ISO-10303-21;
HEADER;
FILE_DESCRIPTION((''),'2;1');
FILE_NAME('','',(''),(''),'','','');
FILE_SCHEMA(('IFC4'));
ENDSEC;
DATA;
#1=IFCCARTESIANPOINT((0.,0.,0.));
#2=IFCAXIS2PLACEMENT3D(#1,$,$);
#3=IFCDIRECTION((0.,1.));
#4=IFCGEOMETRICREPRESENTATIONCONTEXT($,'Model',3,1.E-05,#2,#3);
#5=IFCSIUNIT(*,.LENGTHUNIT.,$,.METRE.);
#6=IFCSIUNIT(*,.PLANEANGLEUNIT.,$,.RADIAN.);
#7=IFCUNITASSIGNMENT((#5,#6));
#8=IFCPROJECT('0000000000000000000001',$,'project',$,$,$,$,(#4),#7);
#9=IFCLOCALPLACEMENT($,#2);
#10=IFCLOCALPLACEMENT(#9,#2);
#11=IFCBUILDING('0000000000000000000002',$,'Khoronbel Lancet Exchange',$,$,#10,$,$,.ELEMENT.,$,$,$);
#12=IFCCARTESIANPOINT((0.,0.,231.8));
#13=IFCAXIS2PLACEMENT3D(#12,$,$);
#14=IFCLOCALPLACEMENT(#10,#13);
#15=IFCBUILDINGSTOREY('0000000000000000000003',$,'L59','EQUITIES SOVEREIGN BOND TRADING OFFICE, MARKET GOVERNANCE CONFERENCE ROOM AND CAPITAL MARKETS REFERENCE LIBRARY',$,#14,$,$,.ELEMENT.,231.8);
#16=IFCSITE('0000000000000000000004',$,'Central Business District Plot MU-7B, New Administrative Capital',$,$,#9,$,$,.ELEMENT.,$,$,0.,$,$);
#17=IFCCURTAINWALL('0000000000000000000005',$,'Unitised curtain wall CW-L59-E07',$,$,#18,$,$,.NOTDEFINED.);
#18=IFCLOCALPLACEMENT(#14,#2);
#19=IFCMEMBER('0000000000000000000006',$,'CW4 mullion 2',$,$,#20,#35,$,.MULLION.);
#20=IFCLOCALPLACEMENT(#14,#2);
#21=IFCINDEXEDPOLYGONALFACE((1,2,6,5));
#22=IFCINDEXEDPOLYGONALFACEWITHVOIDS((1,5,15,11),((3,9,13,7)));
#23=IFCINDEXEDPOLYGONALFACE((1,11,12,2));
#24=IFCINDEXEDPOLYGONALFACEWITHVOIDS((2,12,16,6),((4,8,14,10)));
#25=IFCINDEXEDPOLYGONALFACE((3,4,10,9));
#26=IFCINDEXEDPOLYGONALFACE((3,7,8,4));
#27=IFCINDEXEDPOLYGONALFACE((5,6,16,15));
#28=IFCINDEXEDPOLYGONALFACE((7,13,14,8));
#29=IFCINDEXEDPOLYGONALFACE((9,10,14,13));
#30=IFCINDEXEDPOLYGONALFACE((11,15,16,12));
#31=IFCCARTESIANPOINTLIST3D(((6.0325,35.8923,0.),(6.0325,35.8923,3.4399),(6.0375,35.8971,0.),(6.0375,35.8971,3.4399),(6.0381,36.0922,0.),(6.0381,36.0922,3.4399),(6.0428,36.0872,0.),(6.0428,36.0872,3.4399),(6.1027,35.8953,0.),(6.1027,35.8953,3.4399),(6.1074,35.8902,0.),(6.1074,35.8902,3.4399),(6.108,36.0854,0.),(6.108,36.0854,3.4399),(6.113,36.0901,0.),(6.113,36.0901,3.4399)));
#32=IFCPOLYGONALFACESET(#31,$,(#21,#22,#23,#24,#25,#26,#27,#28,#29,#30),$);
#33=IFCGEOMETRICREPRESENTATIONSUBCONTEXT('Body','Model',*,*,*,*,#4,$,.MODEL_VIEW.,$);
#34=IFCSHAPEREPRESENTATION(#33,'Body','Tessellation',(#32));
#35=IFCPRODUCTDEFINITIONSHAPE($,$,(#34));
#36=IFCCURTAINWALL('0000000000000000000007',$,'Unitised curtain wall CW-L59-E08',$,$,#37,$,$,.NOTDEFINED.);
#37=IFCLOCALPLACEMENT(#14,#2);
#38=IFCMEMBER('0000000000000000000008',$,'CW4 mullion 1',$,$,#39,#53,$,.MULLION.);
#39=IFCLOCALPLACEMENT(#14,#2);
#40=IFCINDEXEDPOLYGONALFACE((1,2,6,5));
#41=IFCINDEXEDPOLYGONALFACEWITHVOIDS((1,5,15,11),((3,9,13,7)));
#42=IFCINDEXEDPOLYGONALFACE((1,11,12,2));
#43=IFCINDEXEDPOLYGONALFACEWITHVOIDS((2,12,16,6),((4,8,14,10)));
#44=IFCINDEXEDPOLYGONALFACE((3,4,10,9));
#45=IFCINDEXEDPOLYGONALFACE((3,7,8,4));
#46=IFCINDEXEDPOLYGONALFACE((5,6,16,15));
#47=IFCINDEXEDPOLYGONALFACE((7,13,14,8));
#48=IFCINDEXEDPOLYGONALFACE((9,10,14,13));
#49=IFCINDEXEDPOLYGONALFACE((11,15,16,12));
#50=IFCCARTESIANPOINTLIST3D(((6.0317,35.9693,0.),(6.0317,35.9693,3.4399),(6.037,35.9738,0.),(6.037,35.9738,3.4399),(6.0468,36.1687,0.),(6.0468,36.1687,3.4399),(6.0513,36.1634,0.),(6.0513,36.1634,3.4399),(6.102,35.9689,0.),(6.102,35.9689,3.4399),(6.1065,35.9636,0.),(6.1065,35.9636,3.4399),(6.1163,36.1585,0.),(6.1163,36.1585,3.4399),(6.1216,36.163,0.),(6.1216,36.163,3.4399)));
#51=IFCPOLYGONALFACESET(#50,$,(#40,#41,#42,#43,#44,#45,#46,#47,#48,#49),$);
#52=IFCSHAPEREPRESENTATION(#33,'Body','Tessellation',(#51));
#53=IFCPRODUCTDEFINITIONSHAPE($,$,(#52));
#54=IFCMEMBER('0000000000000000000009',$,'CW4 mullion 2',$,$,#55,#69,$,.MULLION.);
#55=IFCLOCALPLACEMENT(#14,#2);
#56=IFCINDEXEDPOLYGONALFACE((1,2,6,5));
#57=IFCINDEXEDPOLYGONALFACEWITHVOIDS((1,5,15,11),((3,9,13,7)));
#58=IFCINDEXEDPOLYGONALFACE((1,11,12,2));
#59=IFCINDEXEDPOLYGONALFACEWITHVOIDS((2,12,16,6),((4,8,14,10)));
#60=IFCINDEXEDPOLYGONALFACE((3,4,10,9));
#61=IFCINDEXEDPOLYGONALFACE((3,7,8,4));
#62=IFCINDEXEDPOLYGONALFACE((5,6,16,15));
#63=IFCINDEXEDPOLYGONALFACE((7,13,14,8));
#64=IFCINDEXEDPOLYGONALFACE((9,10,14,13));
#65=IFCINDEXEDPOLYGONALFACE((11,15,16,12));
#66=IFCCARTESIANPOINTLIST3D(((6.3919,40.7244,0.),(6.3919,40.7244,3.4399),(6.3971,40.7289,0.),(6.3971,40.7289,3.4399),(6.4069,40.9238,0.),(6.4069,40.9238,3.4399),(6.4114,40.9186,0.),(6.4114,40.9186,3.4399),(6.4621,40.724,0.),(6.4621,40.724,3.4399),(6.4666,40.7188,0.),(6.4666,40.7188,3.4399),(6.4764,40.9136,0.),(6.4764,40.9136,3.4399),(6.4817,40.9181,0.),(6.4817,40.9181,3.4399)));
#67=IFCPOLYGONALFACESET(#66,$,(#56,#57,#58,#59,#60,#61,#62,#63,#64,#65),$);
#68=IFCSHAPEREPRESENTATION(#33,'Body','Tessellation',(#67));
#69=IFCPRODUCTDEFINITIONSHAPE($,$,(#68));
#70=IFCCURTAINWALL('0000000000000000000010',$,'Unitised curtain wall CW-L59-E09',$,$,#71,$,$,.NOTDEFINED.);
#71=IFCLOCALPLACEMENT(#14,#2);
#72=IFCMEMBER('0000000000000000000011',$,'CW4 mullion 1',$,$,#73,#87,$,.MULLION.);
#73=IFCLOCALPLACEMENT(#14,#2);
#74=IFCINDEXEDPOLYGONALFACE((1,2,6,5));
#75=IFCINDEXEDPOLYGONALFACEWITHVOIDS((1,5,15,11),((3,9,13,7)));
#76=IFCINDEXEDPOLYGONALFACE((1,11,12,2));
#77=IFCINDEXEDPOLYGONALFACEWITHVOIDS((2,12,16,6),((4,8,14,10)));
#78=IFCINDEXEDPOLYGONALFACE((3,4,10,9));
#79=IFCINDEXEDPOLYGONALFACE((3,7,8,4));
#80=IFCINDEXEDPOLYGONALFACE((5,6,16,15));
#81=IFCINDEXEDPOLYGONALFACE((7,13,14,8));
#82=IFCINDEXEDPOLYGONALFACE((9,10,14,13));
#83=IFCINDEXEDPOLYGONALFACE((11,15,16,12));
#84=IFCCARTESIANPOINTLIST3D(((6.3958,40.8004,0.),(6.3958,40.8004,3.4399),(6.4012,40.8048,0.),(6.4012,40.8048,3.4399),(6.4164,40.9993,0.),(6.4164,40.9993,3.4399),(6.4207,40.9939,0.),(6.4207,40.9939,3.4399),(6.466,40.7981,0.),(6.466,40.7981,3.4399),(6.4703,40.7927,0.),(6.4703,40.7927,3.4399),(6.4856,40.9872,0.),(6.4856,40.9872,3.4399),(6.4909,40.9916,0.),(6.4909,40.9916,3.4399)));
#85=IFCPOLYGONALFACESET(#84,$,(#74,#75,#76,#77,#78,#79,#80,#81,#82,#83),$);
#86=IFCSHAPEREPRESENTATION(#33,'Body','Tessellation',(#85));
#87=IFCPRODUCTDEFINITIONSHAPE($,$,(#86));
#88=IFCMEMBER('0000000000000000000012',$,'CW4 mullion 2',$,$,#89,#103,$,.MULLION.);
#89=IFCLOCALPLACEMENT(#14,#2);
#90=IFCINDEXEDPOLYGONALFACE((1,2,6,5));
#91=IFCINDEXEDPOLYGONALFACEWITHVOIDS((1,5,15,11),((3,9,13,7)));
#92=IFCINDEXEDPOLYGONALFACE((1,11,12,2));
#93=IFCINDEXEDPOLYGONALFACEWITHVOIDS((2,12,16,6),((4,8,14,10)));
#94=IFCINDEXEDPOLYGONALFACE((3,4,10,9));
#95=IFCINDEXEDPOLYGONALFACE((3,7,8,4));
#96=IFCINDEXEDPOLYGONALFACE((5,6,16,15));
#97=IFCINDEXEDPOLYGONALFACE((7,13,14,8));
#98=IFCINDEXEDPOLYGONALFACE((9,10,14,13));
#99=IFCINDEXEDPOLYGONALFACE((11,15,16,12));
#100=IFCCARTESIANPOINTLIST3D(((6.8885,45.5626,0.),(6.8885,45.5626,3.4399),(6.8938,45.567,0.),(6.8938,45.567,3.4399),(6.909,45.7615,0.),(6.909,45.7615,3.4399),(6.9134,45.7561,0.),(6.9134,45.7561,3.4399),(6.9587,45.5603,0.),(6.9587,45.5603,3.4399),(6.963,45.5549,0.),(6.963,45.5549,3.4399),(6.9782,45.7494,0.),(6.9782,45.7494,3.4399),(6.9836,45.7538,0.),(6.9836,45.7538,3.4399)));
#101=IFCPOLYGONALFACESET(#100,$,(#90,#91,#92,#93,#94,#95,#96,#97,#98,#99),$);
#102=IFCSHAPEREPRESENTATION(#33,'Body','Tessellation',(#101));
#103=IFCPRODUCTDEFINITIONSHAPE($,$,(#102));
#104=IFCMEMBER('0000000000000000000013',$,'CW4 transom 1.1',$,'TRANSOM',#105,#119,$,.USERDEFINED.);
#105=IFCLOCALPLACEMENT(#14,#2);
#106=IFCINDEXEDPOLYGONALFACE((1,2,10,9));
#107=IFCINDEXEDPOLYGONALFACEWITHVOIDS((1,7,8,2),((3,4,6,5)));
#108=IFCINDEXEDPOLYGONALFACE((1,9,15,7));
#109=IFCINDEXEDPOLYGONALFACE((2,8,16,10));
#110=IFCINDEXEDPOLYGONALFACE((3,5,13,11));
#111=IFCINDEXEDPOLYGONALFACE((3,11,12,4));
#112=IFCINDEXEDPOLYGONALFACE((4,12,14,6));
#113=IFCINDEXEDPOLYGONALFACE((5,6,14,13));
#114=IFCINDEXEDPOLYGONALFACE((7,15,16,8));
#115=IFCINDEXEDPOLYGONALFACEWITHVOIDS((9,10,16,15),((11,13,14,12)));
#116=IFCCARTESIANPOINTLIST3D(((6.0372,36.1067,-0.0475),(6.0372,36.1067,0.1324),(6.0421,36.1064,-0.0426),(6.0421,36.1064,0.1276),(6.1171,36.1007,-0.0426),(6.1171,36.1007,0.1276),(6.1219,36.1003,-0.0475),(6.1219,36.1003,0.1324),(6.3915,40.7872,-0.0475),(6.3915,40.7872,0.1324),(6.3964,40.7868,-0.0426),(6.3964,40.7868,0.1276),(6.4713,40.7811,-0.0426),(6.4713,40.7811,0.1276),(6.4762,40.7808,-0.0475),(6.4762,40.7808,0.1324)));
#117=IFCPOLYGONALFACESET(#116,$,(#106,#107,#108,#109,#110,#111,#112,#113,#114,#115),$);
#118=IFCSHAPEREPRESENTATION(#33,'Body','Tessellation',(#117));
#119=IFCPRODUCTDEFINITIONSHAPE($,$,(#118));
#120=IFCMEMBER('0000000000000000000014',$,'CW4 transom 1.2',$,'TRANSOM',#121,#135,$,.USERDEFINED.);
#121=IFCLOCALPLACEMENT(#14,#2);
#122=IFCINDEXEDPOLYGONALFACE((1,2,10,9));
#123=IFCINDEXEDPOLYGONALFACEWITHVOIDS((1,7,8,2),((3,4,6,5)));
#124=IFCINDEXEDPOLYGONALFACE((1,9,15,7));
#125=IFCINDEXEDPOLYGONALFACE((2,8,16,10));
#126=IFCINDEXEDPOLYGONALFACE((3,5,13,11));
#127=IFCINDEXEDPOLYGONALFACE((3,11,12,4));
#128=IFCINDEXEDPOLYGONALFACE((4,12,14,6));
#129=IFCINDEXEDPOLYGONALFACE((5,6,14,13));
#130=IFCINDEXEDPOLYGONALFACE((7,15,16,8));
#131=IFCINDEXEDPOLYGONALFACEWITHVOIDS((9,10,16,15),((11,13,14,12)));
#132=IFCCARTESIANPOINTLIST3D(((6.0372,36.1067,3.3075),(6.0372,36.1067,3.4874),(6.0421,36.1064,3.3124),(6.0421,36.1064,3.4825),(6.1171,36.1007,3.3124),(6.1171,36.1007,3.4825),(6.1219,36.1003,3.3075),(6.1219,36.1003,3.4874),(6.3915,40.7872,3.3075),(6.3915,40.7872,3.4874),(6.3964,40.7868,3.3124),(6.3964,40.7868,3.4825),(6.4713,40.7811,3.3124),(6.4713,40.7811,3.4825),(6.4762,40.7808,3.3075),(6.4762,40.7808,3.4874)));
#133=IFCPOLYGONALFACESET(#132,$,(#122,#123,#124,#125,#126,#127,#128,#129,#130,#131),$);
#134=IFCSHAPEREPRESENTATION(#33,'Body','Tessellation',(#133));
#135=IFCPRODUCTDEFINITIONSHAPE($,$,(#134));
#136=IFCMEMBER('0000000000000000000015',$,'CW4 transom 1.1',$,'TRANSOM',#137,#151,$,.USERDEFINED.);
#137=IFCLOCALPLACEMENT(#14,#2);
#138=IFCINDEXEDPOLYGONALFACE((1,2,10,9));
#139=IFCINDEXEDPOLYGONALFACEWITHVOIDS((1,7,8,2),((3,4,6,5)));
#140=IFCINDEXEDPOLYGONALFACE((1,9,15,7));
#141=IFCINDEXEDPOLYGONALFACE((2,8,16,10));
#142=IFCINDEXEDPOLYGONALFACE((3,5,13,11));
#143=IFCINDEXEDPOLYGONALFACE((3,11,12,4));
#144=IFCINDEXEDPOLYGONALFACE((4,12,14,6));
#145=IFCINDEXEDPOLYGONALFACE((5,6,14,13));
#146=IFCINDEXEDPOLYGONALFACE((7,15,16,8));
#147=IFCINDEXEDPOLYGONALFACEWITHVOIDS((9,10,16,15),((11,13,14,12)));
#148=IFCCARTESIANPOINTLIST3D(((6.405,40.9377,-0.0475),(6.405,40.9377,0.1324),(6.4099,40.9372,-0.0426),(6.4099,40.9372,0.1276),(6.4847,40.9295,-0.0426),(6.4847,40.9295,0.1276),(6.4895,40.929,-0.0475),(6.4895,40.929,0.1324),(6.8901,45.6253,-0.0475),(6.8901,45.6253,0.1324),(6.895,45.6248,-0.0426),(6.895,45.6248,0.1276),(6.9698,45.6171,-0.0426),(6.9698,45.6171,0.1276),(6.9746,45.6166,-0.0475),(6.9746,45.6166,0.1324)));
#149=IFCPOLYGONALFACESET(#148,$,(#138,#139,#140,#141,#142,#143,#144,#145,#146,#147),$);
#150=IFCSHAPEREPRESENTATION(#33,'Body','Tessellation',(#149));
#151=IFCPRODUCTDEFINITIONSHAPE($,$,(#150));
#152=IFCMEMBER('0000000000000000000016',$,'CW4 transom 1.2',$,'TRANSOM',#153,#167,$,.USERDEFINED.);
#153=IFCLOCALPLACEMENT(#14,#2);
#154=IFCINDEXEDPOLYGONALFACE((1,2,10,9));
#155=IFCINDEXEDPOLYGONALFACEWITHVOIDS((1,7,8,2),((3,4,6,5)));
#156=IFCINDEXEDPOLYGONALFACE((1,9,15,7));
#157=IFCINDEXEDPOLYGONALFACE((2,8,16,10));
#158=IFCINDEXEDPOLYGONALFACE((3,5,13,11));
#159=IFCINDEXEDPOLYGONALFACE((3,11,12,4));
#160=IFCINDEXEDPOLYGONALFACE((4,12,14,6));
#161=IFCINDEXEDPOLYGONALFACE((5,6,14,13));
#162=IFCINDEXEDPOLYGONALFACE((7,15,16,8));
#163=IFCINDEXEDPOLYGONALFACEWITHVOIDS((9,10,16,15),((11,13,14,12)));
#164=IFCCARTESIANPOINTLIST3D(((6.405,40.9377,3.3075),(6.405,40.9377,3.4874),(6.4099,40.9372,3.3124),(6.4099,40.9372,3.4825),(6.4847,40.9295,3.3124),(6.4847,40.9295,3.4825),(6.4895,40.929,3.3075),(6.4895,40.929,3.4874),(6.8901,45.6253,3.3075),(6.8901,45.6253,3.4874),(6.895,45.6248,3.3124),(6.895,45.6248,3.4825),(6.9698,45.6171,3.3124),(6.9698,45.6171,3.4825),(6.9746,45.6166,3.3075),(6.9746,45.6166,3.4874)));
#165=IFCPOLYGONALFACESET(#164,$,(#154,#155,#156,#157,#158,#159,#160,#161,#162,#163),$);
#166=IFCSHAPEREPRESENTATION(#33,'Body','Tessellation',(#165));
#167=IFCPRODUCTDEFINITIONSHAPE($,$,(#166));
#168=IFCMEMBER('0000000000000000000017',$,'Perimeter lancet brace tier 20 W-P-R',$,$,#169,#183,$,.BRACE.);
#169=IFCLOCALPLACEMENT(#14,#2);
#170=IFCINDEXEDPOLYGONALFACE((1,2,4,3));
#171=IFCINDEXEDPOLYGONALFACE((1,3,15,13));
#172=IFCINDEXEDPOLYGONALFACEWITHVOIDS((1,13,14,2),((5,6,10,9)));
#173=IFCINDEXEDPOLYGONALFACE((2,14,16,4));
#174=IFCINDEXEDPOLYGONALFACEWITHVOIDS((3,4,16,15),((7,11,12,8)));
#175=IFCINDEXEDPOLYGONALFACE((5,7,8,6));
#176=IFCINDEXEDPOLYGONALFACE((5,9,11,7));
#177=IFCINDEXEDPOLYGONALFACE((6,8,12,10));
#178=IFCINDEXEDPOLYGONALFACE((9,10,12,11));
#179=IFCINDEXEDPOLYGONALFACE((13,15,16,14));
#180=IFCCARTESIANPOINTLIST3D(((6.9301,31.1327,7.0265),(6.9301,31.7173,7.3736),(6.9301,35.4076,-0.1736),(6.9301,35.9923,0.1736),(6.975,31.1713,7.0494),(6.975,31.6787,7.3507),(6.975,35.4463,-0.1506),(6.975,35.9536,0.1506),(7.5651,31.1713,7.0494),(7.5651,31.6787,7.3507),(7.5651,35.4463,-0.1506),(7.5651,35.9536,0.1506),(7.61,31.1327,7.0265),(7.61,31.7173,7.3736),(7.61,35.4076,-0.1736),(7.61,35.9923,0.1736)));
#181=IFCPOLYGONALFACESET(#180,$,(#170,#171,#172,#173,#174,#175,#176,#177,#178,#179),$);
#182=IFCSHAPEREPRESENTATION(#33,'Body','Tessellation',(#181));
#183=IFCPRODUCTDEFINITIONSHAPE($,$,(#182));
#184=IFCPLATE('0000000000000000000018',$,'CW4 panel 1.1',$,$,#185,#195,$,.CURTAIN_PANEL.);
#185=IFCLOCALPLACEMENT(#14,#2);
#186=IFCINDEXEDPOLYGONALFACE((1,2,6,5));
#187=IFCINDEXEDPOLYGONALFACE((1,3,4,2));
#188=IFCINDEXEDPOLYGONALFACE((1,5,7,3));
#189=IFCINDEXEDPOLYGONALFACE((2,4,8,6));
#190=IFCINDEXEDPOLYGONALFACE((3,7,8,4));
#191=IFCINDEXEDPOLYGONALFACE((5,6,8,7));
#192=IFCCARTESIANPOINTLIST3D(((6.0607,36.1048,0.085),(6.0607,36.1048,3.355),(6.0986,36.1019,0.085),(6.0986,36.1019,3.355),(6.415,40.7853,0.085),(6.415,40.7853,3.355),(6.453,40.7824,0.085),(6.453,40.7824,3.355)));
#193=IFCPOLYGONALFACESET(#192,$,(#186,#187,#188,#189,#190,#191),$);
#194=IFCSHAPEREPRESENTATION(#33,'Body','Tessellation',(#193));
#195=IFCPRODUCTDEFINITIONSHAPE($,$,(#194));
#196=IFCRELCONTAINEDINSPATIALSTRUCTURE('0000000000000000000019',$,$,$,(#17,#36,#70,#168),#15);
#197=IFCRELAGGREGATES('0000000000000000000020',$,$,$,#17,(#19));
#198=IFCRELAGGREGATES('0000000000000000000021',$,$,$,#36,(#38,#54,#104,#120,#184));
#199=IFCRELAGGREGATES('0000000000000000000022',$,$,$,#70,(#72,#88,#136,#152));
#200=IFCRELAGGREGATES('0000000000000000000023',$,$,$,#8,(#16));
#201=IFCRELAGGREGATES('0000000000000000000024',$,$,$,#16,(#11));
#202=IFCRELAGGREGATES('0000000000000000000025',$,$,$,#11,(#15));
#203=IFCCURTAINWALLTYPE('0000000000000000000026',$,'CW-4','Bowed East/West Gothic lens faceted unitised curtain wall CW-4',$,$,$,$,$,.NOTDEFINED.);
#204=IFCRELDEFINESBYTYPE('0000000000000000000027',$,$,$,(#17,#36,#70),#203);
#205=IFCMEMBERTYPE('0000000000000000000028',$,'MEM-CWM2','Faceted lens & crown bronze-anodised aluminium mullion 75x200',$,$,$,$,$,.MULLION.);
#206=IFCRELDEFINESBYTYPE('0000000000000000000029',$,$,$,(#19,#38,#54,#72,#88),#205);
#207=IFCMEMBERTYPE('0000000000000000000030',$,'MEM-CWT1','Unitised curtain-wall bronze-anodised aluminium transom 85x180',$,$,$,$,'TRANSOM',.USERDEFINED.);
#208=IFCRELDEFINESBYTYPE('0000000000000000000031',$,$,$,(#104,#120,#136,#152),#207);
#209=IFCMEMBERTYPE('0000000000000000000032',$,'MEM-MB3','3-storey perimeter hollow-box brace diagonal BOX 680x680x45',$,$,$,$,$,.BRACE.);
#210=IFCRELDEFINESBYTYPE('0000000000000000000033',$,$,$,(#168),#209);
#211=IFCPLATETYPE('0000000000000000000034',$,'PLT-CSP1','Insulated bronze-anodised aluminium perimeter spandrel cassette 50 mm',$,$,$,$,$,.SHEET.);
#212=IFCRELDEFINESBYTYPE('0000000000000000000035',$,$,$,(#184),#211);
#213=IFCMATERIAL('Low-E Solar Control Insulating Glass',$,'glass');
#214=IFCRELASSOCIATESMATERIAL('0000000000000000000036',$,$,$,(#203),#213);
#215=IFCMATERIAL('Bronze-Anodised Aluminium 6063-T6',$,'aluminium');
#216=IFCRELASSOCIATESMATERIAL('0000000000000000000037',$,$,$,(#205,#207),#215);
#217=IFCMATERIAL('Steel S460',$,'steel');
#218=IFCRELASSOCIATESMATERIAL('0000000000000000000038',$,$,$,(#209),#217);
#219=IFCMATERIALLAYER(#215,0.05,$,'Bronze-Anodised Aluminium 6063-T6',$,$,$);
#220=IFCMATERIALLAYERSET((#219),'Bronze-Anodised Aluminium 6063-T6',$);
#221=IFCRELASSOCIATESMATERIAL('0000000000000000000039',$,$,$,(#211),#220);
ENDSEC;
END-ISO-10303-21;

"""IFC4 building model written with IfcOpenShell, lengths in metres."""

from ifc_helpers import new_model, si_unit, direction, frame, origin, origin_2d, place, context, subcontext, project, spatial, rectangle, hollow_rectangle, extrude, material, layer, layer_set, material_profile, profile_set, type_object, element, aggregate, save


model = new_model("IFC4")

# Units and contexts
model_context = context("Model", 3, precision=1e-05, world=origin(), true_north=direction((0.0, 1.0)))
body_context = subcontext(model_context, "Body", "Model", "MODEL_VIEW")
ifc_project = project(units=[si_unit("LENGTHUNIT", "METRE"), si_unit("PLANEANGLEUNIT", "RADIAN")], contexts=[model_context])

# Site, building, storey
site_placement = place(None, origin())
site = spatial("IfcSite", under=ifc_project, at=site_placement, Name="Central Business District Plot MU-7B, New Administrative Capital", CompositionType="ELEMENT", RefElevation=0.0)
building_placement = place(site_placement, origin())
building = spatial("IfcBuilding", under=site, at=building_placement, Name="Khoronbel Lancet Exchange", CompositionType="ELEMENT")
storey_placement = place(building_placement, frame((0.0, 0.0, 231.8)))
storey = spatial("IfcBuildingStorey", under=building, at=storey_placement, Name="L59", Description="EQUITIES SOVEREIGN BOND TRADING OFFICE, MARKET GOVERNANCE CONFERENCE ROOM AND CAPITAL MARKETS REFERENCE LIBRARY", CompositionType="ELEMENT", Elevation=231.8)

# Curtain wall, member
ifc_material_1 = material(Name="Low-E Solar Control Insulating Glass", Category="glass")
curtain_wall_type = type_object("IfcCurtainWallType", Name="CW-4", Description="Bowed East/West Gothic lens faceted unitised curtain wall CW-4", PredefinedType="NOTDEFINED", material=ifc_material_1)
curtain_wall_1_placement = place(storey_placement, origin())
curtain_wall_1 = element("IfcCurtainWall", 1, at=curtain_wall_1_placement, inside=storey, type_object=curtain_wall_type, Name="Unitised curtain wall CW-L59-E07", PredefinedType="NOTDEFINED")
ifc_material_2 = material(Name="Bronze-Anodised Aluminium 6063-T6", Category="aluminium")
ifc_material_profile_1 = material_profile(ifc_material_2, hollow_rectangle(XDim=0.075, YDim=0.2, WallThickness=0.0049, at=origin_2d()), Name="ALU MULLION 75x200")
ifc_profile_set_1 = profile_set([ifc_material_profile_1], Name="Bronze-Anodised Aluminium 6063-T6")
member_type_1 = type_object("IfcMemberType", Name="MEM-CWM2", Description="Faceted lens & crown bronze-anodised aluminium mullion 75x200", PredefinedType="MULLION", material=ifc_profile_set_1)
member_1_placement = place(storey_placement, frame((6.0728, 35.9912, 0.0), z_axis=(0.0, 0.0, 1.0), x_axis=(-0.999616, 0.027719, 0.0)))
member_1 = element("IfcMember", 2, at=member_1_placement, type_object=member_type_1, Name="CW4 mullion 2", PredefinedType="MULLION", context=body_context, shape_type="SweptSolid", body=[
    extrude(hollow_rectangle(XDim=0.075, YDim=0.2, WallThickness=0.0049, at=origin_2d()), origin(), (0.0, 0.0, 1.0), 3.4399),
])
aggregate(curtain_wall_1, [member_1])

# Curtain walls, members
curtain_wall_2_placement = place(storey_placement, origin())
curtain_wall_2 = element("IfcCurtainWall", 3, at=curtain_wall_2_placement, inside=storey, type_object=curtain_wall_type, Name="Unitised curtain wall CW-L59-E08", PredefinedType="NOTDEFINED")
member_2_placement = place(storey_placement, frame((6.0767, 36.0662, 0.0), z_axis=(0.0, 0.0, 1.0), x_axis=(-0.997146, 0.075498, 0.0)))
member_2 = element("IfcMember", 4, at=member_2_placement, type_object=member_type_1, Name="CW4 mullion 1", PredefinedType="MULLION", context=body_context, shape_type="SweptSolid", body=[
    extrude(hollow_rectangle(XDim=0.075, YDim=0.2, WallThickness=0.0049, at=origin_2d()), origin(), (0.0, 0.0, 1.0), 3.4399),
])
member_3_placement = place(storey_placement, frame((6.4368, 40.8213, 0.0), z_axis=(0.0, 0.0, 1.0), x_axis=(-0.997146, 0.075498, 0.0)))
member_3 = element("IfcMember", 5, at=member_3_placement, type_object=member_type_1, Name="CW4 mullion 2", PredefinedType="MULLION", context=body_context, shape_type="SweptSolid", body=[
    extrude(hollow_rectangle(XDim=0.075, YDim=0.2, WallThickness=0.0049, at=origin_2d()), origin(), (0.0, 0.0, 1.0), 3.4399),
])
curtain_wall_3_placement = place(storey_placement, origin())
curtain_wall_3 = element("IfcCurtainWall", 6, at=curtain_wall_3_placement, inside=storey, type_object=curtain_wall_type, Name="Unitised curtain wall CW-L59-E09", PredefinedType="NOTDEFINED")
member_4_placement = place(storey_placement, frame((6.4434, 40.896, 0.0), z_axis=(0.0, 0.0, 1.0), x_axis=(-0.994691, 0.10291, 0.0)))
member_4 = element("IfcMember", 7, at=member_4_placement, type_object=member_type_1, Name="CW4 mullion 1", PredefinedType="MULLION", context=body_context, shape_type="SweptSolid", body=[
    extrude(hollow_rectangle(XDim=0.075, YDim=0.2, WallThickness=0.0049, at=origin_2d()), origin(), (0.0, 0.0, 1.0), 3.4399),
])
member_5_placement = place(storey_placement, frame((6.936, 45.6582, 0.0), z_axis=(0.0, 0.0, 1.0), x_axis=(-0.994691, 0.10291, 0.0)))
member_5 = element("IfcMember", 8, at=member_5_placement, type_object=member_type_1, Name="CW4 mullion 2", PredefinedType="MULLION", context=body_context, shape_type="SweptSolid", body=[
    extrude(hollow_rectangle(XDim=0.075, YDim=0.2, WallThickness=0.0049, at=origin_2d()), origin(), (0.0, 0.0, 1.0), 3.4399),
])

# Members
ifc_material_profile_2 = material_profile(ifc_material_2, hollow_rectangle(XDim=0.085, YDim=0.1799, WallThickness=0.0049, at=origin_2d()), Name="ALU TRANSOM 85x180")
ifc_profile_set_2 = profile_set([ifc_material_profile_2], Name="Bronze-Anodised Aluminium 6063-T6")
member_type_2 = type_object("IfcMemberType", Name="MEM-CWT1", Description="Unitised curtain-wall bronze-anodised aluminium transom 85x180", ElementType="TRANSOM", PredefinedType="USERDEFINED", material=ifc_profile_set_2)
member_6_placement = place(storey_placement, frame((6.0796, 36.1035, 0.0425), z_axis=(0.075471, 0.997148, 0.0), x_axis=(-0.997148, 0.075471, 0.0)))
member_6 = element("IfcMember", 9, at=member_6_placement, type_object=member_type_2, Name="CW4 transom 1.1", ObjectType="TRANSOM", PredefinedType="USERDEFINED", context=body_context, shape_type="SweptSolid", body=[
    extrude(hollow_rectangle(XDim=0.085, YDim=0.1799, WallThickness=0.0049, at=origin_2d()), origin(), (0.0, 0.0, 1.0), 4.6938),
])
member_7_placement = place(storey_placement, frame((6.0796, 36.1035, 3.3975), z_axis=(0.075471, 0.997148, 0.0), x_axis=(-0.997148, 0.075471, 0.0)))
member_7 = element("IfcMember", 10, at=member_7_placement, type_object=member_type_2, Name="CW4 transom 1.2", ObjectType="TRANSOM", PredefinedType="USERDEFINED", context=body_context, shape_type="SweptSolid", body=[
    extrude(hollow_rectangle(XDim=0.085, YDim=0.1799, WallThickness=0.0049, at=origin_2d()), origin(), (0.0, 0.0, 1.0), 4.6938),
])
member_8_placement = place(storey_placement, frame((6.4473, 40.9333, 0.0425), z_axis=(0.10294, 0.994688, 0.0), x_axis=(-0.994688, 0.10294, 0.0)))
member_8 = element("IfcMember", 11, at=member_8_placement, type_object=member_type_2, Name="CW4 transom 1.1", ObjectType="TRANSOM", PredefinedType="USERDEFINED", context=body_context, shape_type="SweptSolid", body=[
    extrude(hollow_rectangle(XDim=0.085, YDim=0.1799, WallThickness=0.0049, at=origin_2d()), origin(), (0.0, 0.0, 1.0), 4.7126),
])
member_9_placement = place(storey_placement, frame((6.4473, 40.9333, 3.3975), z_axis=(0.10294, 0.994688, 0.0), x_axis=(-0.994688, 0.10294, 0.0)))
member_9 = element("IfcMember", 12, at=member_9_placement, type_object=member_type_2, Name="CW4 transom 1.2", ObjectType="TRANSOM", PredefinedType="USERDEFINED", context=body_context, shape_type="SweptSolid", body=[
    extrude(hollow_rectangle(XDim=0.085, YDim=0.1799, WallThickness=0.0049, at=origin_2d()), origin(), (0.0, 0.0, 1.0), 4.7126),
])
ifc_material_3 = material(Name="Steel S460", Category="steel")
ifc_material_profile_3 = material_profile(ifc_material_3, hollow_rectangle(XDim=0.6799, YDim=0.6799, WallThickness=0.0449, at=origin_2d()), Name="BOX 680x680x45")
ifc_profile_set_3 = profile_set([ifc_material_profile_3], Name="Steel S460")
member_type_3 = type_object("IfcMemberType", Name="MEM-MB3", Description="3-storey perimeter hollow-box brace diagonal BOX 680x680x45", PredefinedType="BRACE", material=ifc_profile_set_3)
member_10_placement = place(storey_placement, frame((7.27, 35.7, 0.0), z_axis=(0.0, -0.510533, 0.859858), x_axis=(1.0, 0.0, 0.0)))
element("IfcMember", 13, at=member_10_placement, inside=storey, type_object=member_type_3, Name="Perimeter lancet brace tier 20 W-P-R", PredefinedType="BRACE", context=body_context, shape_type="SweptSolid", body=[
    extrude(hollow_rectangle(XDim=0.6799, YDim=0.6799, WallThickness=0.0449, at=origin_2d()), origin(), (0.0, 0.0, 1.0), 8.3735),
])

# Plate
ifc_layer_1 = layer(ifc_material_2, 0.05, Name="Bronze-Anodised Aluminium 6063-T6")
ifc_layer_set_1 = layer_set([ifc_layer_1], Name="Bronze-Anodised Aluminium 6063-T6")
plate_type_1 = type_object("IfcPlateType", Name="PLT-CSP1", Description="Insulated bronze-anodised aluminium perimeter spandrel cassette 50 mm", PredefinedType="SHEET", material=ifc_layer_set_1)
plate_1_placement = place(storey_placement, frame((6.2568, 38.4436, 0.085), z_axis=(0.0, 0.0, 1.0), x_axis=(0.075498, 0.997146, 0.0)))
plate_1 = element("IfcPlate", 14, at=plate_1_placement, type_object=plate_type_1, Name="CW4 panel 1.1", PredefinedType="CURTAIN_PANEL", context=body_context, shape_type="SweptSolid", body=[
    extrude(rectangle(XDim=4.6938, YDim=0.0381, at=origin_2d()), origin(), (0.0, 0.0, 1.0), 3.27),
])
aggregate(curtain_wall_2, [member_2, member_3, member_6, member_7, plate_1])
aggregate(curtain_wall_3, [member_4, member_5, member_8, member_9])

save(model, "model.ifc")
